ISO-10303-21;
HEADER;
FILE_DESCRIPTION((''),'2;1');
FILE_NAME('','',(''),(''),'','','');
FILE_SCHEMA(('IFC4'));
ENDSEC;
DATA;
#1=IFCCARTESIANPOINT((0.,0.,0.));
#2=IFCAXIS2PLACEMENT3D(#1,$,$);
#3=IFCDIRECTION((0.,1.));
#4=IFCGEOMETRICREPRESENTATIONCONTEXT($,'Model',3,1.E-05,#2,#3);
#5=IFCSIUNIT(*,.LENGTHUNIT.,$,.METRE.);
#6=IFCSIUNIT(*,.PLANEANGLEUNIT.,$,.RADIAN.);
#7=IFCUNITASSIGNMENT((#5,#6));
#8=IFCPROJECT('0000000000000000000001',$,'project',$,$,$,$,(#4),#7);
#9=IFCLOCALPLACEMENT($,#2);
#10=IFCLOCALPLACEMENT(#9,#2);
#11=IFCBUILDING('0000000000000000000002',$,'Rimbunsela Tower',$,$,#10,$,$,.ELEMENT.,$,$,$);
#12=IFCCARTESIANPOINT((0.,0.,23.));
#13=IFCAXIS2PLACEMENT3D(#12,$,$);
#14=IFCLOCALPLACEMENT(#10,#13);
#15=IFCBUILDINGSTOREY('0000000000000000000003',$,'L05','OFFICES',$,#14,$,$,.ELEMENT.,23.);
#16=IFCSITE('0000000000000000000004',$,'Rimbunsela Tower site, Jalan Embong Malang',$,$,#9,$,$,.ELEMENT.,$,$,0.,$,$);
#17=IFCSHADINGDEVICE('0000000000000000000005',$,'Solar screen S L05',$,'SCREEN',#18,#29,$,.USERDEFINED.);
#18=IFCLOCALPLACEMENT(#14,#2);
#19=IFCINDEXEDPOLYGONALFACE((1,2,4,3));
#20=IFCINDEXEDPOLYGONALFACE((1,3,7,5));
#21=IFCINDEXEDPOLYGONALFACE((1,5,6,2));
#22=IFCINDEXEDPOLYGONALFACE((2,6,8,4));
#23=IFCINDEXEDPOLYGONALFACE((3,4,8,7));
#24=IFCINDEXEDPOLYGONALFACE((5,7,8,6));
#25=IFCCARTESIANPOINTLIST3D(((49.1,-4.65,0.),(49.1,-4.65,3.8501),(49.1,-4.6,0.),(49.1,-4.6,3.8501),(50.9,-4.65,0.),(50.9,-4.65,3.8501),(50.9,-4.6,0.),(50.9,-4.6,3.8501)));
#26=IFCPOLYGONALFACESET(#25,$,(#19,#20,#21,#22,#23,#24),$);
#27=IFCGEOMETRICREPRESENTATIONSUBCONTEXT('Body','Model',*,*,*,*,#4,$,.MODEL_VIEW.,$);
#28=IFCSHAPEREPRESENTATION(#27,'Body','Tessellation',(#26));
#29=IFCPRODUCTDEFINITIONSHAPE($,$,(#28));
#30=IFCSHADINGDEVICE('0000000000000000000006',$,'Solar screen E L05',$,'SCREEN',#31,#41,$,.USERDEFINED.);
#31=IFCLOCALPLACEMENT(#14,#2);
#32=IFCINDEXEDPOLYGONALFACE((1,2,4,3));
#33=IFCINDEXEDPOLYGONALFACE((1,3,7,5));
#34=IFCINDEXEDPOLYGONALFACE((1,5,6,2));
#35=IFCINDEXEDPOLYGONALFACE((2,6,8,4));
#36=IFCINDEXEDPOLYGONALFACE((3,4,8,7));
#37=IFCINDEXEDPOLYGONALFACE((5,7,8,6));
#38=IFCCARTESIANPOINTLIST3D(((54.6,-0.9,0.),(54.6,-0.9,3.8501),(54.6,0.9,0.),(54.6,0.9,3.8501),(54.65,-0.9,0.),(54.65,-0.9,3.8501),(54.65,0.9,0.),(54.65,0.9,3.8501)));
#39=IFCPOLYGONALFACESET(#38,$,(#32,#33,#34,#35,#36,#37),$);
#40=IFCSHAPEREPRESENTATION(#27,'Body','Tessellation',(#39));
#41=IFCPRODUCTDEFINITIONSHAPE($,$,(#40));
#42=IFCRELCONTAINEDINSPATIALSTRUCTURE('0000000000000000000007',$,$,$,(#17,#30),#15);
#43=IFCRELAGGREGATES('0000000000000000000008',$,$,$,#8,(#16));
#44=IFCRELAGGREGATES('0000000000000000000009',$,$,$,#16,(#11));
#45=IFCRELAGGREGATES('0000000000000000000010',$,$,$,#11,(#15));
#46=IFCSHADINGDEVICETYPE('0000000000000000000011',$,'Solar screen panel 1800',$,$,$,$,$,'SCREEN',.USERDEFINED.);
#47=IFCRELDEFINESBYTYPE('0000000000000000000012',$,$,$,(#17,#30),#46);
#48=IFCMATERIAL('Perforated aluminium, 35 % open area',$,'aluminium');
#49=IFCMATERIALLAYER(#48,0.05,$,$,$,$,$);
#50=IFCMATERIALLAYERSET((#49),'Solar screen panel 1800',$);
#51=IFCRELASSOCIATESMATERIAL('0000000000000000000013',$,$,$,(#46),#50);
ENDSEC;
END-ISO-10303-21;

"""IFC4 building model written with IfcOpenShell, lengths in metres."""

from ifc_helpers import new_model, si_unit, direction, frame, origin, origin_2d, place, context, subcontext, project, spatial, rectangle, extrude, material, layer, layer_set, type_object, element, save


model = new_model("IFC4")

# Units and contexts
model_context = context("Model", 3, precision=1e-05, world=origin(), true_north=direction((0.0, 1.0)))
body_context = subcontext(model_context, "Body", "Model", "MODEL_VIEW")
ifc_project = project(units=[si_unit("LENGTHUNIT", "METRE"), si_unit("PLANEANGLEUNIT", "RADIAN")], contexts=[model_context])

# Site, building, storey
site_placement = place(None, origin())
site = spatial("IfcSite", under=ifc_project, at=site_placement, Name="Rimbunsela Tower site, Jalan Embong Malang", CompositionType="ELEMENT", RefElevation=0.0)
building_placement = place(site_placement, origin())
building = spatial("IfcBuilding", under=site, at=building_placement, Name="Rimbunsela Tower", CompositionType="ELEMENT")
storey_placement = place(building_placement, frame((0.0, 0.0, 23.0)))
storey = spatial("IfcBuildingStorey", under=building, at=storey_placement, Name="L05", Description="OFFICES", CompositionType="ELEMENT", Elevation=23.0)

# Shading devices
ifc_material_1 = material(Name="Perforated aluminium, 35 % open area", Category="aluminium")
ifc_layer_1 = layer(ifc_material_1, 0.05)
ifc_layer_set_1 = layer_set([ifc_layer_1], Name="Solar screen panel 1800")
shading_device_type = type_object("IfcShadingDeviceType", Name="Solar screen panel 1800", ElementType="SCREEN", PredefinedType="USERDEFINED", material=ifc_layer_set_1)
for number, where, z_axis, x_axis, name in (
    (1, (50.0, -4.625, 0.0), (0.0, 0.0, 1.0), (1.0, 0.0, 0.0), "Solar screen S L05"),
    (2, (54.625, 0.0, 0.0), (0.0, 0.0, 1.0), (0.0, 1.0, 0.0), "Solar screen E L05"),
):
    element("IfcShadingDevice", number, at=place(storey_placement, frame(where, z_axis=z_axis, x_axis=x_axis)), inside=storey, type_object=shading_device_type, Name=name, ObjectType="SCREEN", PredefinedType="USERDEFINED", context=body_context, shape_type="SweptSolid", body=[
        extrude(rectangle(XDim=1.8, YDim=0.05, at=origin_2d()), origin(), (0.0, 0.0, 1.0), 3.8501),
    ])

save(model, "model.ifc")
